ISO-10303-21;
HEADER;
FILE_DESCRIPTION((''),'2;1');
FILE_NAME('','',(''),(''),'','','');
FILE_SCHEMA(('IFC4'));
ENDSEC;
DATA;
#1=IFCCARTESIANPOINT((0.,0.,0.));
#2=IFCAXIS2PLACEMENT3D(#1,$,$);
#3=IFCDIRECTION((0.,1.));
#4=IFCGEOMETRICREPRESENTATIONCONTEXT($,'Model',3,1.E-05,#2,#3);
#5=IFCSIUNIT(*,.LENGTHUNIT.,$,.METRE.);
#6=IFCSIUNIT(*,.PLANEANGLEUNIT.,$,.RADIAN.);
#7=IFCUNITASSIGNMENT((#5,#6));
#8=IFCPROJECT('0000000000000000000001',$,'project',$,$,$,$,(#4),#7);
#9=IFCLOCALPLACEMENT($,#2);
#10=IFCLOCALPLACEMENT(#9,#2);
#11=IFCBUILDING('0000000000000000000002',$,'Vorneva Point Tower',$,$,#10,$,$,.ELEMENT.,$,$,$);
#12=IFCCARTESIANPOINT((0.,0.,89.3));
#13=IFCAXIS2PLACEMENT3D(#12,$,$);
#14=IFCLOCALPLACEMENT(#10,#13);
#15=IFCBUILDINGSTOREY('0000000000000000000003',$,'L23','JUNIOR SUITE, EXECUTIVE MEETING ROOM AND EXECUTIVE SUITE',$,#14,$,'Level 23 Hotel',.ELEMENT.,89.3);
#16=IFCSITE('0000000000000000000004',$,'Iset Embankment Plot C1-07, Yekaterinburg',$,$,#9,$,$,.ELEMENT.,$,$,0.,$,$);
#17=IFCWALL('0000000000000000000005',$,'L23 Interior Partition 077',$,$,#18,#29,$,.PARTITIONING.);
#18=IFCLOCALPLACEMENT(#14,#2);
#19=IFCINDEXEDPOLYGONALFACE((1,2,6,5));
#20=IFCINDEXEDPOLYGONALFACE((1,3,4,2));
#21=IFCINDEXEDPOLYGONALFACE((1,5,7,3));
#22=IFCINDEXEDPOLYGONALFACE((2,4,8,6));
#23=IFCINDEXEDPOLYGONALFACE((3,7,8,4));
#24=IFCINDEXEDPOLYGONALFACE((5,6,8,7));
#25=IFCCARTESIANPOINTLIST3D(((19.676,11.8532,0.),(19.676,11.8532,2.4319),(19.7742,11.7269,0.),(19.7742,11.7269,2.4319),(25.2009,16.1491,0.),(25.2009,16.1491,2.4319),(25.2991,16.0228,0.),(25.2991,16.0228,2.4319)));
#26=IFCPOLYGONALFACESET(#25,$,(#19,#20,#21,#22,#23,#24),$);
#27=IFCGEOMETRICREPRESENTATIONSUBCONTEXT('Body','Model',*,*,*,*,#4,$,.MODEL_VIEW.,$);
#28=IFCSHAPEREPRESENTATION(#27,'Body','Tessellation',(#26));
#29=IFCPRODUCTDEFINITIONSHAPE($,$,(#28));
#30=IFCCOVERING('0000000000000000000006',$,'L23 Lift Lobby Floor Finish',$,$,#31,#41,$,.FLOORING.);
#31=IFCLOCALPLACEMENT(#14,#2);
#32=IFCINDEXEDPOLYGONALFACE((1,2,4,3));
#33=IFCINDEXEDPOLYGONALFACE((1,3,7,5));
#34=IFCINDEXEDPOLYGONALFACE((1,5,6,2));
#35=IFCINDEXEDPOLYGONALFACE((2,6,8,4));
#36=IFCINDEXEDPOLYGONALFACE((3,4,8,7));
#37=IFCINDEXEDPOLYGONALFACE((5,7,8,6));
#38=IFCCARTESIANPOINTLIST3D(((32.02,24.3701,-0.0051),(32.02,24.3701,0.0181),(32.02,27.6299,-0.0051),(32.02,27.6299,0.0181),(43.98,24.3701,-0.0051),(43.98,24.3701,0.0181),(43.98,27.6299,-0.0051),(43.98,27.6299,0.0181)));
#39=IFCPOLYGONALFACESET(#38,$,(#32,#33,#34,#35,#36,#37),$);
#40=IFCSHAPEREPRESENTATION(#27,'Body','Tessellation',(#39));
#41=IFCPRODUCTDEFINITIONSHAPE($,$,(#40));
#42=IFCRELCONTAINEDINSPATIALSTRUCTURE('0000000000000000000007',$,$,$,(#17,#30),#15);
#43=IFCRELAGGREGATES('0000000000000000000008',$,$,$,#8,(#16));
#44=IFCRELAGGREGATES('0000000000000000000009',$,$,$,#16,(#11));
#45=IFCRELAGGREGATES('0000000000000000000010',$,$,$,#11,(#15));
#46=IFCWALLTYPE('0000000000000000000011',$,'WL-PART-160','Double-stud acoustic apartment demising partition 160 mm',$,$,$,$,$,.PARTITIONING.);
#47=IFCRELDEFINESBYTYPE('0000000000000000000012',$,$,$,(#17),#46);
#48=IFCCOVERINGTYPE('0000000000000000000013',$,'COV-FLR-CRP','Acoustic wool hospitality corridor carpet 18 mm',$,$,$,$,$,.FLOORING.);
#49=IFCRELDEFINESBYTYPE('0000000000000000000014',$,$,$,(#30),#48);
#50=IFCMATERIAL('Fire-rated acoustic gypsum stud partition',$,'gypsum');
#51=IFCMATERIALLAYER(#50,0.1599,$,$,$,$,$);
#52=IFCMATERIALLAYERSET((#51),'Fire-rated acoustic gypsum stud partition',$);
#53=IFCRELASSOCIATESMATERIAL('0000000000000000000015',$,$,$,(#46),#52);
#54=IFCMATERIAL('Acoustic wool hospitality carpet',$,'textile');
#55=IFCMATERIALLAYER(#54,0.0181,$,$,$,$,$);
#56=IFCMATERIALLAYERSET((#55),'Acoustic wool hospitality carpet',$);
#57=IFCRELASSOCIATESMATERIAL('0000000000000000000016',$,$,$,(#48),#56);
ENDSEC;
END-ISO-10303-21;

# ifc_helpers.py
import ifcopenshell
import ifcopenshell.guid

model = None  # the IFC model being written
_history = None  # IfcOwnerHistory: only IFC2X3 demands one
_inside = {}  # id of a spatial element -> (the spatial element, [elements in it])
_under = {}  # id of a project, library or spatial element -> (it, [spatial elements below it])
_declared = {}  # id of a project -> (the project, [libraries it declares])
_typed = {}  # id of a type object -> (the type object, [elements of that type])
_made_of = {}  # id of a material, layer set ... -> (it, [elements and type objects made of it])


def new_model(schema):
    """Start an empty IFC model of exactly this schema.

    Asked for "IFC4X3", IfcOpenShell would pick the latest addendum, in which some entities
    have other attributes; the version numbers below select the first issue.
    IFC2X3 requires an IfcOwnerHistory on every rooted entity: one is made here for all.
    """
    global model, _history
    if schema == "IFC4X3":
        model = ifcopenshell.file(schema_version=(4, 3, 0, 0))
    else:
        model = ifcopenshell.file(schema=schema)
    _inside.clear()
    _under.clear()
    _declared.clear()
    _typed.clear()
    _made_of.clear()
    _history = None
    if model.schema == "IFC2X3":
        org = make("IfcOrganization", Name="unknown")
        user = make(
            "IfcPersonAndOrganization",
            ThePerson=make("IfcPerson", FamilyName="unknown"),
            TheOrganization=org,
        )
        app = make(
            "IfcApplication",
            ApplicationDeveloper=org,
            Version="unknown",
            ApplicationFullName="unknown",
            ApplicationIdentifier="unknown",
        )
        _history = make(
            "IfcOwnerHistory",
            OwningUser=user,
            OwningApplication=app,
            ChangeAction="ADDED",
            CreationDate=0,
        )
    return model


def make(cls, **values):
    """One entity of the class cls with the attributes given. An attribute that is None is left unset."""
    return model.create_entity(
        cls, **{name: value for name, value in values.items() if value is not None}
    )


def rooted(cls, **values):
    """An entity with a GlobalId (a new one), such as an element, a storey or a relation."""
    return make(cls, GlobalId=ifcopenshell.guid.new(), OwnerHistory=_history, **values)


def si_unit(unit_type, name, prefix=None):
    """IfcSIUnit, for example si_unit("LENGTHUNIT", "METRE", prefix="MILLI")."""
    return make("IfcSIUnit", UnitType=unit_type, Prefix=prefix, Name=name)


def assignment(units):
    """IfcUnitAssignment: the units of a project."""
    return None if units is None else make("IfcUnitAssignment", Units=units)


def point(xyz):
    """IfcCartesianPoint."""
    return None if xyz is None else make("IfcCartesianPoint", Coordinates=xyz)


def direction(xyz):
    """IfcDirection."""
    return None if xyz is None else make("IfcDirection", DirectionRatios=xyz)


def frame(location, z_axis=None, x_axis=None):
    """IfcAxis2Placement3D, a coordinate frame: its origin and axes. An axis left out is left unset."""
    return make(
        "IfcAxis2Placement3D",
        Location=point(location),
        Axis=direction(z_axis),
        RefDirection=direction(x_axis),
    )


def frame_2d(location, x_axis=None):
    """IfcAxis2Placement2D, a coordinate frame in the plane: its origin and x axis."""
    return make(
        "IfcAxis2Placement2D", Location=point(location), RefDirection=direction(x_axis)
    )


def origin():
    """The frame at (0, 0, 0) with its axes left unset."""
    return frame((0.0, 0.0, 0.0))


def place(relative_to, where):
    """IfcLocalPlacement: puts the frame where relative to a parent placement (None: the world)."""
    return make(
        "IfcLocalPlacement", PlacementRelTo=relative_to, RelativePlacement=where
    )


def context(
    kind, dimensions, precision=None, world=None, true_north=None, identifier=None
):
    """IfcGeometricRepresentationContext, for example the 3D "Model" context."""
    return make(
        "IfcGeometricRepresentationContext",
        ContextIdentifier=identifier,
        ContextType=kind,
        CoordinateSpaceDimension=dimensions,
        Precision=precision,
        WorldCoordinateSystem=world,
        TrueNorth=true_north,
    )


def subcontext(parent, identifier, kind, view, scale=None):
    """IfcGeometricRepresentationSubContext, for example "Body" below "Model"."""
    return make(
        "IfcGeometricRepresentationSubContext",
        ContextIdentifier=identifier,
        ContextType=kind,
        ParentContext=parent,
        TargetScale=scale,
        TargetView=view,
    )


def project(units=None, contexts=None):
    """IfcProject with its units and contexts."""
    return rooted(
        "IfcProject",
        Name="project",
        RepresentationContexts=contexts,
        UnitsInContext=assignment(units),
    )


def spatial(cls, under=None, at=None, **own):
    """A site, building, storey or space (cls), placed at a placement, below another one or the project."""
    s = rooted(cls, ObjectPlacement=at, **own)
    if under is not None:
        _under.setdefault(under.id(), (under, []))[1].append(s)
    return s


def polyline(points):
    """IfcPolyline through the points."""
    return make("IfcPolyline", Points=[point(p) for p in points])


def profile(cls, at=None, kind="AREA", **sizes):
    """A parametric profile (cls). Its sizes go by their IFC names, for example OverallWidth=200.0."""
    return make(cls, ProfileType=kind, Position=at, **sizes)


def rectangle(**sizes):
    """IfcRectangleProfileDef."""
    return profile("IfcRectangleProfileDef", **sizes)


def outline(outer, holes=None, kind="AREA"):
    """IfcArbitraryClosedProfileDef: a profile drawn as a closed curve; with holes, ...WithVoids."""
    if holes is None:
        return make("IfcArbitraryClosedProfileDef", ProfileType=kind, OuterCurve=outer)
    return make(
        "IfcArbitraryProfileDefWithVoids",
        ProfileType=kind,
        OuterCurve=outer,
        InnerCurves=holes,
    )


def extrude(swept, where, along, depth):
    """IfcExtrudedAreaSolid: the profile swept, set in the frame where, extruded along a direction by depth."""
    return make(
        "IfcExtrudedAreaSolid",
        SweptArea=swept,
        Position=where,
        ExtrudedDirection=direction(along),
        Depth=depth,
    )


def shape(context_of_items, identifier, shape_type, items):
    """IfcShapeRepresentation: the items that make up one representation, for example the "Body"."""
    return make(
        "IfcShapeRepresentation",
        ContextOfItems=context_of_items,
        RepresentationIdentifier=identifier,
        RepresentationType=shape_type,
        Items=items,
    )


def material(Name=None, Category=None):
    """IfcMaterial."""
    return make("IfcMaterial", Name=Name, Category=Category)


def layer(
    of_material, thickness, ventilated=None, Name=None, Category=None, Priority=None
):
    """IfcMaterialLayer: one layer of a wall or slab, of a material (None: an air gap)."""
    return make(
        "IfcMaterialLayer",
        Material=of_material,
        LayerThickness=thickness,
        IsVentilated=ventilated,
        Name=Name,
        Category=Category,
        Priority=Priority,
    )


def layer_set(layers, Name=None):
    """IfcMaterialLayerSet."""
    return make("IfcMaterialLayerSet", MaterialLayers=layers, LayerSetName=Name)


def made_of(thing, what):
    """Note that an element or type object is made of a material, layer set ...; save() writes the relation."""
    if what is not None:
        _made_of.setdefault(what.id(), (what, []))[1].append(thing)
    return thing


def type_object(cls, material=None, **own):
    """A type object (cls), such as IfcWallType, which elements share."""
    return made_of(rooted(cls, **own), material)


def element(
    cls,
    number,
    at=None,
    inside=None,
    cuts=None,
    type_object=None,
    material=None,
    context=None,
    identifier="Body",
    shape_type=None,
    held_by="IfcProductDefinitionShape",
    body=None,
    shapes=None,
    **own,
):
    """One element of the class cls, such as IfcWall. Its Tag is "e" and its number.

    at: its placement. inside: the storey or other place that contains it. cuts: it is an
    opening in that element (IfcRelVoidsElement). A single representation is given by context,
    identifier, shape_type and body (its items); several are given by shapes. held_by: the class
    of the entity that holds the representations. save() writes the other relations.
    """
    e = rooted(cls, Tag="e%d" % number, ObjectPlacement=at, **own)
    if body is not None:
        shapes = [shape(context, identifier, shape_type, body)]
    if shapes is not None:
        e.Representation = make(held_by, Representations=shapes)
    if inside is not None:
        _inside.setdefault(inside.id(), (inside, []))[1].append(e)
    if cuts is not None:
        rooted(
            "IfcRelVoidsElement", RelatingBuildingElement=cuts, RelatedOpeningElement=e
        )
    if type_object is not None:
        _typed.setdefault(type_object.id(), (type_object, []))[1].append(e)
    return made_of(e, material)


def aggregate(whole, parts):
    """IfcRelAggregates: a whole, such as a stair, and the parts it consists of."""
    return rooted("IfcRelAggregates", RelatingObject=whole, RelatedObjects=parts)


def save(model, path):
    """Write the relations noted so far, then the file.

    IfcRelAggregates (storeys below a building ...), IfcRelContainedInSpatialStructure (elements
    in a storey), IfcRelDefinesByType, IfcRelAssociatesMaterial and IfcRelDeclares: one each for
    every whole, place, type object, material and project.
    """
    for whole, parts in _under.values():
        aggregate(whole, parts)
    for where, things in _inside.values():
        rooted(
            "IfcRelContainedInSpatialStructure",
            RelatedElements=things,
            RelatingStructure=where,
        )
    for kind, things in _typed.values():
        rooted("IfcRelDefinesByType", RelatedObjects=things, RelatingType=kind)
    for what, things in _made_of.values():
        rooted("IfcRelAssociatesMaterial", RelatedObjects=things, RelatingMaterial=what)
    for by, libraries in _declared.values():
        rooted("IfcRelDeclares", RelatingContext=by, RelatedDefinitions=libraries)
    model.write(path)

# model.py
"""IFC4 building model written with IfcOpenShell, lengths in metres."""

from ifc_helpers import new_model, si_unit, direction, frame, frame_2d, origin, place, context, subcontext, project, spatial, polyline, rectangle, outline, extrude, material, layer, layer_set, type_object, element, save


model = new_model("IFC4")

# Units and contexts
model_context = context("Model", 3, precision=1e-05, world=origin(), true_north=direction((0.0, 1.0)))
body_context = subcontext(model_context, "Body", "Model", "MODEL_VIEW")
ifc_project = project(units=[si_unit("LENGTHUNIT", "METRE"), si_unit("PLANEANGLEUNIT", "RADIAN")], contexts=[model_context])

# Site, building, storey
site_placement = place(None, origin())
site = spatial("IfcSite", under=ifc_project, at=site_placement, Name="Iset Embankment Plot C1-07, Yekaterinburg", CompositionType="ELEMENT", RefElevation=0.0)
building_placement = place(site_placement, origin())
building = spatial("IfcBuilding", under=site, at=building_placement, Name="Vorneva Point Tower", CompositionType="ELEMENT")
storey_placement = place(building_placement, frame((0.0, 0.0, 89.3)))
storey = spatial("IfcBuildingStorey", under=building, at=storey_placement, Name="L23", Description="JUNIOR SUITE, EXECUTIVE MEETING ROOM AND EXECUTIVE SUITE", LongName="Level 23 Hotel", CompositionType="ELEMENT", Elevation=89.3)

# Wall
ifc_material_1 = material(Name="Fire-rated acoustic gypsum stud partition", Category="gypsum")
ifc_layer_1 = layer(ifc_material_1, 0.1599)
ifc_layer_set_1 = layer_set([ifc_layer_1], Name="Fire-rated acoustic gypsum stud partition")
wall_type_1 = type_object("IfcWallType", Name="WL-PART-160", Description="Double-stud acoustic apartment demising partition 160 mm", PredefinedType="PARTITIONING", material=ifc_layer_set_1)
wall_1_placement = place(storey_placement, frame((19.7251, 11.79, 0.0), z_axis=(0.0, 0.0, 1.0), x_axis=(0.789439, 0.61383, 0.0)))
element("IfcWall", 1, at=wall_1_placement, inside=storey, type_object=wall_type_1, Name="L23 Interior Partition 077", PredefinedType="PARTITIONING", context=body_context, shape_type="SweptSolid", body=[
    extrude(rectangle(XDim=6.9985, YDim=0.1599, at=frame_2d((3.4993, 0.0))), origin(), (0.0, 0.0, 1.0), 2.4319),
])

# Covering
ifc_material_2 = material(Name="Acoustic wool hospitality carpet", Category="textile")
ifc_layer_2 = layer(ifc_material_2, 0.0181)
ifc_layer_set_2 = layer_set([ifc_layer_2], Name="Acoustic wool hospitality carpet")
covering_type = type_object("IfcCoveringType", Name="COV-FLR-CRP", Description="Acoustic wool hospitality corridor carpet 18 mm", PredefinedType="FLOORING", material=ifc_layer_set_2)
covering_placement = place(storey_placement, frame((0.0, 0.0, -0.0051)))
element("IfcCovering", 2, at=covering_placement, inside=storey, type_object=covering_type, Name="L23 Lift Lobby Floor Finish", PredefinedType="FLOORING", context=body_context, shape_type="SweptSolid", body=[
    extrude(outline(polyline([(32.02, 24.3701), (43.98, 24.3701), (43.98, 27.6299), (32.02, 27.6299), (32.02, 24.3701)])), origin(), (0.0, 0.0, 1.0), 0.0232),
])

save(model, "model.ifc")
